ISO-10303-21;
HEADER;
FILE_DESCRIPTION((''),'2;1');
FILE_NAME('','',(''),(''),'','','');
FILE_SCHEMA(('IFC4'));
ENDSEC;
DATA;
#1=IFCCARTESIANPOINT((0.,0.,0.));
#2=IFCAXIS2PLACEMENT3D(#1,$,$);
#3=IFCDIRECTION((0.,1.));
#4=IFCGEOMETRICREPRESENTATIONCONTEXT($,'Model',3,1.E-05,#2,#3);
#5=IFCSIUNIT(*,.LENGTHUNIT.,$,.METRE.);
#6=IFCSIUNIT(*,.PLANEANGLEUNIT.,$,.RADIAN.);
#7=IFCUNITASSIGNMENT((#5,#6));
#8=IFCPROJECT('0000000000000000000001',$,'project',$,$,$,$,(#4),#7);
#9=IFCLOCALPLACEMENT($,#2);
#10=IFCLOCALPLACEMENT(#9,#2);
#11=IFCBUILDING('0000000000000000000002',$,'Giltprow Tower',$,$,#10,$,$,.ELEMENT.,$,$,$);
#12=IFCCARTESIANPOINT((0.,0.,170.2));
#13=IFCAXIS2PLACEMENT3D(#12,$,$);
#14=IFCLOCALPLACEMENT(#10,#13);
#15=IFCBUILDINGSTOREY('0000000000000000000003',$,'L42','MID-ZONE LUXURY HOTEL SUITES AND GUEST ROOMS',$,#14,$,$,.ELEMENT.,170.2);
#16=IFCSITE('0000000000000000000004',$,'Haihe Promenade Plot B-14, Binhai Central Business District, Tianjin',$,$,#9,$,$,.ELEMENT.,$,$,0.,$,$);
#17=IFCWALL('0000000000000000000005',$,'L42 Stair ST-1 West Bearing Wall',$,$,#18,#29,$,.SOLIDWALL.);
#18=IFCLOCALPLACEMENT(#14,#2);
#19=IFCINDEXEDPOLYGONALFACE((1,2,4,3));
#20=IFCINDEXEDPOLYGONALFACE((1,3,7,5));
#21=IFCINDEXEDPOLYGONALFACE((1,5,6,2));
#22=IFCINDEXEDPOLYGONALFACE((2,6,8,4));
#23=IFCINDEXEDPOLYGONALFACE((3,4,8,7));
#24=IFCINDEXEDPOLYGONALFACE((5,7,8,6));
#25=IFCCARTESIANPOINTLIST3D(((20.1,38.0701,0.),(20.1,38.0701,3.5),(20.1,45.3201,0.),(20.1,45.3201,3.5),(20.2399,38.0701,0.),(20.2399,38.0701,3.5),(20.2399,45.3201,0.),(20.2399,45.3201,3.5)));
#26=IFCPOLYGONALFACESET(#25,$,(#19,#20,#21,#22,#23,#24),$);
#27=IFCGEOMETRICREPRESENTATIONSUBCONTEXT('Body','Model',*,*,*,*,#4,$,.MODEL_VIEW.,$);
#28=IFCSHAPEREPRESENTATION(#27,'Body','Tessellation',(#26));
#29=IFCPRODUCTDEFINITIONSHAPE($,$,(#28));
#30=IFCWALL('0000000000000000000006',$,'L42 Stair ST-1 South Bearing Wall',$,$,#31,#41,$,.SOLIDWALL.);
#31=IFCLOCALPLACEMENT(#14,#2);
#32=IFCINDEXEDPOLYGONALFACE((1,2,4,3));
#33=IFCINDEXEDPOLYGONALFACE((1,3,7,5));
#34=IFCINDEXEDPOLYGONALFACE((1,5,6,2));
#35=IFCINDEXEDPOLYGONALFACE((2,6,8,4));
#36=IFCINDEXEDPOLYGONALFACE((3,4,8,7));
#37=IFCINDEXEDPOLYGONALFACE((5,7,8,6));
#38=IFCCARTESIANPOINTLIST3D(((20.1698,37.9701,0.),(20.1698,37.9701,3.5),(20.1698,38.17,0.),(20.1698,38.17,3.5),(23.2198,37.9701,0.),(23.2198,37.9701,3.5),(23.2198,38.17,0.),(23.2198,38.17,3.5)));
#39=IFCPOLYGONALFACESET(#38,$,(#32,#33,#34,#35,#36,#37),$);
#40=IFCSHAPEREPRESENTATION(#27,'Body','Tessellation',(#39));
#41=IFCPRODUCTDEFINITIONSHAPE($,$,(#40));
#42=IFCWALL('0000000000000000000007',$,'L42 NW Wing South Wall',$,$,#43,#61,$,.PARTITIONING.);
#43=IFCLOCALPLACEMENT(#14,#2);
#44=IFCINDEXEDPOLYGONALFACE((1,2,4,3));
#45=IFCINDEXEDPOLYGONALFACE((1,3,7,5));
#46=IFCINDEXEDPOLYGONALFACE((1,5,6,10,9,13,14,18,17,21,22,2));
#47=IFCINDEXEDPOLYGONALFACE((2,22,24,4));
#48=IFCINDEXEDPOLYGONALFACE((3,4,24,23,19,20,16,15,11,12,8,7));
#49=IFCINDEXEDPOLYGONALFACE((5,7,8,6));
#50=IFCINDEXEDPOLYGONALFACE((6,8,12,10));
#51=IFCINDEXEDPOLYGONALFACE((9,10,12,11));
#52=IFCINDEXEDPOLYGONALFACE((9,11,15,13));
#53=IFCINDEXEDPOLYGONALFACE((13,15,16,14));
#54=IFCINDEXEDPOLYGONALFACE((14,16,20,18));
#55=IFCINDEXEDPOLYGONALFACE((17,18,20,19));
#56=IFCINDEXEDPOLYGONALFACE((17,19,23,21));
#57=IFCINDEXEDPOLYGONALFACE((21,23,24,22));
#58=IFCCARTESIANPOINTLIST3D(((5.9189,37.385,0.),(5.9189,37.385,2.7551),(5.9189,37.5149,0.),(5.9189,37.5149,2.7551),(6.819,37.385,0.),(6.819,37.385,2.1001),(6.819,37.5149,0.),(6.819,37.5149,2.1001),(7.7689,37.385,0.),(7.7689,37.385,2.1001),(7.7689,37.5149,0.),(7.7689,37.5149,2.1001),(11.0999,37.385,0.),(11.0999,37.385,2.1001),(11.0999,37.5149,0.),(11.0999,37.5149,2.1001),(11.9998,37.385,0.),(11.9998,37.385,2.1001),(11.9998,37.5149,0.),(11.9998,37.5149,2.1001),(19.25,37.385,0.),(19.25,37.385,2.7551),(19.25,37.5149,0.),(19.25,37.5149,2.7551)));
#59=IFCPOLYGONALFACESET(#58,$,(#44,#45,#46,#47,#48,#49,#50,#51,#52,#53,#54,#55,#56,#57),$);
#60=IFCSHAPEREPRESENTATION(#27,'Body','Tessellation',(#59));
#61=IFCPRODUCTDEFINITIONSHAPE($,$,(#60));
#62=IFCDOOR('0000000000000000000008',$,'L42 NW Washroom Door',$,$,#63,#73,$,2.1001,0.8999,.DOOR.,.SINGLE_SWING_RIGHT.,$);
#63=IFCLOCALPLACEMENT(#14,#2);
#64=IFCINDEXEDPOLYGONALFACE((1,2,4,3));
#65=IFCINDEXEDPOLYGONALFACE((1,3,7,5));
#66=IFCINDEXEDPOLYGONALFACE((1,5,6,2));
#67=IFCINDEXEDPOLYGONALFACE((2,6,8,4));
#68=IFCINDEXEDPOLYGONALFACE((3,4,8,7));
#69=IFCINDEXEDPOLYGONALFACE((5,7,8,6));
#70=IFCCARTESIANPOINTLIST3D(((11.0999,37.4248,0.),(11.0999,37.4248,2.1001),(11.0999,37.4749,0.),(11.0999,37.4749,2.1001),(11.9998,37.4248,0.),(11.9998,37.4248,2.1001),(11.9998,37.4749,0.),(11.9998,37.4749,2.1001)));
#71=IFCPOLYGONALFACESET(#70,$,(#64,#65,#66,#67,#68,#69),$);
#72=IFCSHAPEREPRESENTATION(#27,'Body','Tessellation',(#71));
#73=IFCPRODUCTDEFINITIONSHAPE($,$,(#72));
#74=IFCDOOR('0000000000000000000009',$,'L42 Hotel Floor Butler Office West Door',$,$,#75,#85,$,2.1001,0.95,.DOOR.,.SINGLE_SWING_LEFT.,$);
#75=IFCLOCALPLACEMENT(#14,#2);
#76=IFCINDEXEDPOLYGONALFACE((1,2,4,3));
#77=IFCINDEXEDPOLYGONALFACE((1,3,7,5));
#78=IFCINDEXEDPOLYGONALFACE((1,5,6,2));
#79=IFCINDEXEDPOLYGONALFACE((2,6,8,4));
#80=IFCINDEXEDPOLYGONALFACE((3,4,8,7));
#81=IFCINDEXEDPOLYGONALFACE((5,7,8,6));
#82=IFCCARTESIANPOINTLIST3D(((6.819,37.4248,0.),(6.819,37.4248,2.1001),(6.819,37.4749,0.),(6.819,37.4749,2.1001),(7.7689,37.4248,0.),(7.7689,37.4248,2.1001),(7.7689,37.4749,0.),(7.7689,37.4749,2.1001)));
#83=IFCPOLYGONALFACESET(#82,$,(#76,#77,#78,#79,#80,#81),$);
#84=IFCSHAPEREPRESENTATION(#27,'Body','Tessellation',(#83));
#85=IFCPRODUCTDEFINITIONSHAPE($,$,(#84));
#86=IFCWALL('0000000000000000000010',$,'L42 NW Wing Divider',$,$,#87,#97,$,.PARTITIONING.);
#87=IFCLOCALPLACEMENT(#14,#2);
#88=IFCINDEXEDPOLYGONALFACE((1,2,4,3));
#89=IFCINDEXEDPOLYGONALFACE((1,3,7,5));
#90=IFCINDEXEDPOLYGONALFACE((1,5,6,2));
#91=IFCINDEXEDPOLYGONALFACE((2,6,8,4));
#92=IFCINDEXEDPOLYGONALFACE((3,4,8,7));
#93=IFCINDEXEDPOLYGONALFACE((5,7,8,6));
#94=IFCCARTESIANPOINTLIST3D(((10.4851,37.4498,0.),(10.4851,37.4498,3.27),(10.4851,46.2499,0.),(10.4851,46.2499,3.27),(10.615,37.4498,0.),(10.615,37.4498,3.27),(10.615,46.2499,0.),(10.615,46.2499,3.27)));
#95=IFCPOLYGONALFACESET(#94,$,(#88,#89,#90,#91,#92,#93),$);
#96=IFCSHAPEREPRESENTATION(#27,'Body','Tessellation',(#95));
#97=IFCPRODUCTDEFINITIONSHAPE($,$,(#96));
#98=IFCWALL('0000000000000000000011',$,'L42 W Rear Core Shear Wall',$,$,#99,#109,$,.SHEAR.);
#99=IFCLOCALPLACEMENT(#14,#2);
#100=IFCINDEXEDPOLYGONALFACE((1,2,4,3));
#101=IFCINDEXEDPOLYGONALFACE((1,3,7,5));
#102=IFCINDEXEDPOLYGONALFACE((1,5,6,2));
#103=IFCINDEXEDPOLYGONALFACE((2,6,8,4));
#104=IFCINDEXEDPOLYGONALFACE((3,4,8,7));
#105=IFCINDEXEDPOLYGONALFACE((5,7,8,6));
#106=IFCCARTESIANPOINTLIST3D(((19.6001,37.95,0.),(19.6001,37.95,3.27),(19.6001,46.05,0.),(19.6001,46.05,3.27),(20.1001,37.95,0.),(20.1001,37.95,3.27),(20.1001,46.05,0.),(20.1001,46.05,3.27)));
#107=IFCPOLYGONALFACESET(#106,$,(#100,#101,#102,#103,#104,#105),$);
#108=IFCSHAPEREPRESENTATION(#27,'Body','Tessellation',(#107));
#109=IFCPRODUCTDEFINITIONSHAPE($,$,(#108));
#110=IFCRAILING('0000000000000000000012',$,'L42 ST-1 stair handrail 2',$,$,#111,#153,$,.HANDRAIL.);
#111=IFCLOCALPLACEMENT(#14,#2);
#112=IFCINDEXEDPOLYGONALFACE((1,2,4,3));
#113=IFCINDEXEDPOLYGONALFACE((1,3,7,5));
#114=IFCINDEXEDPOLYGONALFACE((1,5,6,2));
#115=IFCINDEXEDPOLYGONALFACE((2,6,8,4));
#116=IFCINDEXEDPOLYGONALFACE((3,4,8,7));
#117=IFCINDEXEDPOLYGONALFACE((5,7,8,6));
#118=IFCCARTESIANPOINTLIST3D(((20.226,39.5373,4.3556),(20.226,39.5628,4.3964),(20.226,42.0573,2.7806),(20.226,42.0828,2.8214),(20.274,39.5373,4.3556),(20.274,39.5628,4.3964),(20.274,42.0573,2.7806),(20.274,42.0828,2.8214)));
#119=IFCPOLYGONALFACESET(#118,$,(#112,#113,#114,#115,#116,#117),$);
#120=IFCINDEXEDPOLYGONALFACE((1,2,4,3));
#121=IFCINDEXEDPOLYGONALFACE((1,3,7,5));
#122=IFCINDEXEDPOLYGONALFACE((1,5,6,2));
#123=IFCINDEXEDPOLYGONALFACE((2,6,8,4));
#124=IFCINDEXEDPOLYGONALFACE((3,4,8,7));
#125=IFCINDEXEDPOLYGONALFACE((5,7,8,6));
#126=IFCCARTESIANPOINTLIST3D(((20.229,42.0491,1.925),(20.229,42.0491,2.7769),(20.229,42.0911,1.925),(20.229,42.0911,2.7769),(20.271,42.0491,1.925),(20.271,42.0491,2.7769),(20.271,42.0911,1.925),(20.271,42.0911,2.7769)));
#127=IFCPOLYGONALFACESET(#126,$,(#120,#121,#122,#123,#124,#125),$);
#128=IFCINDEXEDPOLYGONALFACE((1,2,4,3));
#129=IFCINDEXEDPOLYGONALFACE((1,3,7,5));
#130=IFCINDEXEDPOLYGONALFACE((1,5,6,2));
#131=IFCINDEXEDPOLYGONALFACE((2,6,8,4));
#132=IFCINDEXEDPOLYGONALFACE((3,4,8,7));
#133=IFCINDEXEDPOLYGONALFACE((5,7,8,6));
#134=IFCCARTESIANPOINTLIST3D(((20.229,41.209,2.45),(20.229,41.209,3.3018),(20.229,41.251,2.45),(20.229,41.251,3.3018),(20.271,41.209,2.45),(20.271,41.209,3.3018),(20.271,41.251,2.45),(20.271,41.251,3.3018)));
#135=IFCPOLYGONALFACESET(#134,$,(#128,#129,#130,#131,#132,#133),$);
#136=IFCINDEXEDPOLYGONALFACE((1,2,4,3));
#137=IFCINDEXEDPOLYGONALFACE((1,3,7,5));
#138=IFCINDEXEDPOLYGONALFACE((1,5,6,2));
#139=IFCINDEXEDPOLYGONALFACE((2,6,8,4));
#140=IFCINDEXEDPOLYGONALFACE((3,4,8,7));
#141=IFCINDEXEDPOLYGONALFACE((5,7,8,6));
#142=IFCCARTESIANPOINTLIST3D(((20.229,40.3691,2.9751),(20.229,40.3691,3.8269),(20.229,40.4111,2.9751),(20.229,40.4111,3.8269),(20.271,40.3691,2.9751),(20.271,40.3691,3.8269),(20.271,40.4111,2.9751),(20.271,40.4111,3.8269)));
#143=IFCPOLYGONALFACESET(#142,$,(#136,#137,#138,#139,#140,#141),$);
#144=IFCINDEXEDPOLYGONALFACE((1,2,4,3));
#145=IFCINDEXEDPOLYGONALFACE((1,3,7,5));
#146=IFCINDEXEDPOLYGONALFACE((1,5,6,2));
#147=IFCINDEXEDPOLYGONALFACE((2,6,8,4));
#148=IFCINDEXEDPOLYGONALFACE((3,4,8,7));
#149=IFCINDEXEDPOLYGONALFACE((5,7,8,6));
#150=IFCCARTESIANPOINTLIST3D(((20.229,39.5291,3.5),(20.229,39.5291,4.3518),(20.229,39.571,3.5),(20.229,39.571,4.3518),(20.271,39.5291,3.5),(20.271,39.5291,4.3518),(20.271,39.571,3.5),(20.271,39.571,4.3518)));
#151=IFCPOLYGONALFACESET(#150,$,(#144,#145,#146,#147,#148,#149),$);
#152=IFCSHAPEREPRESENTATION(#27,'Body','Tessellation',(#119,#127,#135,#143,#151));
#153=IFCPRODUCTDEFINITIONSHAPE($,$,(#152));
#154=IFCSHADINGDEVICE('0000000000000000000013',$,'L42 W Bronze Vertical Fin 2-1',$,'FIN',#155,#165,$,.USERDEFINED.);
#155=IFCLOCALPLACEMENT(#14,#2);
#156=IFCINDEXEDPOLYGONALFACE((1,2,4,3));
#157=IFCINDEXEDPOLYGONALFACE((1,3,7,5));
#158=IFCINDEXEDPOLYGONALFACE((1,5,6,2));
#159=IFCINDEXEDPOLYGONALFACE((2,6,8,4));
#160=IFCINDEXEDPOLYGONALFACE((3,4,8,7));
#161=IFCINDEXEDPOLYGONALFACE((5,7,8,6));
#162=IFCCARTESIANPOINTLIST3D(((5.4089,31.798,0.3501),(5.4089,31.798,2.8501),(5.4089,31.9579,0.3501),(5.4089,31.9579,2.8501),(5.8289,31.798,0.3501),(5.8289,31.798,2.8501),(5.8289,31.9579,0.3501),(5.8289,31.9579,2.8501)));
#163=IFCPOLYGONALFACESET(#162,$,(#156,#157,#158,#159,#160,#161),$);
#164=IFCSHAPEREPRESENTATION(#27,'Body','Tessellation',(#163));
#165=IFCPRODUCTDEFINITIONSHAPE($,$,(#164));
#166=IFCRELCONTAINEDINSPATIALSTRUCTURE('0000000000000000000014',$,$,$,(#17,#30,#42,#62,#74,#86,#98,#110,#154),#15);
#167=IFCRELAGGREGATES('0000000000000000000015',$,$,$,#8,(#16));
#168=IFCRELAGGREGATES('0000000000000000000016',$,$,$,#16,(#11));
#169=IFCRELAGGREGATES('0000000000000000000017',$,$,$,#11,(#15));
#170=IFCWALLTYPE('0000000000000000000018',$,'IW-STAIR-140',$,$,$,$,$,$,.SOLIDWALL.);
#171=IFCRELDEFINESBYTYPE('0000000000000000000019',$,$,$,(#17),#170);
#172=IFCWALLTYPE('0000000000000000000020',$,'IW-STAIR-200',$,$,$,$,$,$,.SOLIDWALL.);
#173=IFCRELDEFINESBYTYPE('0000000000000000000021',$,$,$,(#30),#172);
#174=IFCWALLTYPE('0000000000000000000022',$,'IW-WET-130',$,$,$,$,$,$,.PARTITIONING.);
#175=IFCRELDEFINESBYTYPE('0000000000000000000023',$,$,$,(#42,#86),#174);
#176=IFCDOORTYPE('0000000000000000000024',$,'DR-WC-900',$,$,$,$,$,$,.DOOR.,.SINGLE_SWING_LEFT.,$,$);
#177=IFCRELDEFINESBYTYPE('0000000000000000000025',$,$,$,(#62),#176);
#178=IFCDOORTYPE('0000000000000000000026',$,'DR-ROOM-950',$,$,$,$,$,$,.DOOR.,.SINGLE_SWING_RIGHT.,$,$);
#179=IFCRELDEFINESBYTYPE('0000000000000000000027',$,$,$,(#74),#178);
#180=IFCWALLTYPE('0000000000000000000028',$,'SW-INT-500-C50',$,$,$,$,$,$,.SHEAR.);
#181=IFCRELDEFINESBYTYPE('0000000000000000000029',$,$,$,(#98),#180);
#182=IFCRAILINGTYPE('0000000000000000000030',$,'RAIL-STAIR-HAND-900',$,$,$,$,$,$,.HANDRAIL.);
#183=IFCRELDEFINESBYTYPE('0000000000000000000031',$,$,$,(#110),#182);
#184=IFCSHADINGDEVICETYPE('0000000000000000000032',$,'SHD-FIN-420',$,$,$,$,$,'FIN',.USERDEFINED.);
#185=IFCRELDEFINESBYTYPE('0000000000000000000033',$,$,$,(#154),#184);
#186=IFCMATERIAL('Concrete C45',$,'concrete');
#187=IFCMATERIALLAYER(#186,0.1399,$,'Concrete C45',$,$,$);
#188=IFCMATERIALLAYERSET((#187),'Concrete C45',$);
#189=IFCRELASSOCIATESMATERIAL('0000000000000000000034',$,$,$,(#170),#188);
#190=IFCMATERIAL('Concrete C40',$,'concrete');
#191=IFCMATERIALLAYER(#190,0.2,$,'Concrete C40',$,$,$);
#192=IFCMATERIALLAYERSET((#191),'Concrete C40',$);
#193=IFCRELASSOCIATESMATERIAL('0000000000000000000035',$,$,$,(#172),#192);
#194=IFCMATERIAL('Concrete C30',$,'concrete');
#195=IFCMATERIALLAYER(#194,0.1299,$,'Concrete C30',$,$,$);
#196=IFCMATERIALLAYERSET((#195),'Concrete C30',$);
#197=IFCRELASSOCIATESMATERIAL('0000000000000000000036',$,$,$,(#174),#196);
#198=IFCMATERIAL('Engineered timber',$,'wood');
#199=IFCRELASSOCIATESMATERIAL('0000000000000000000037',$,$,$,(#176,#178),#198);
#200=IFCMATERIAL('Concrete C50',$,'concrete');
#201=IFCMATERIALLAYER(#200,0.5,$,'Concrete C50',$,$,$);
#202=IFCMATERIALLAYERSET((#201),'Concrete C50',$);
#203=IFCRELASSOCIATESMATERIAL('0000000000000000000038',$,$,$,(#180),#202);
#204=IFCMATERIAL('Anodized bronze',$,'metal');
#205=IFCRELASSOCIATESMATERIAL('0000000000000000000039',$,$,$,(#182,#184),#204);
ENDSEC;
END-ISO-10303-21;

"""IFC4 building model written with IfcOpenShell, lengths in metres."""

from ifc_helpers import new_model, si_unit, direction, frame, frame_2d, origin, origin_2d, place, context, subcontext, project, spatial, rectangle, extrude, source, transform, mapped, material, layer, layer_set, type_object, element, fill, save


model = new_model("IFC4")

# Units and contexts
model_context = context("Model", 3, precision=1e-05, world=origin(), true_north=direction((0.0, 1.0)))
body_context = subcontext(model_context, "Body", "Model", "MODEL_VIEW")
ifc_project = project(units=[si_unit("LENGTHUNIT", "METRE"), si_unit("PLANEANGLEUNIT", "RADIAN")], contexts=[model_context])

# Site, building, storey
site_placement = place(None, origin())
site = spatial("IfcSite", under=ifc_project, at=site_placement, Name="Haihe Promenade Plot B-14, Binhai Central Business District, Tianjin", CompositionType="ELEMENT", RefElevation=0.0)
building_placement = place(site_placement, origin())
building = spatial("IfcBuilding", under=site, at=building_placement, Name="Giltprow Tower", CompositionType="ELEMENT")
storey_placement = place(building_placement, frame((0.0, 0.0, 170.2)))
storey = spatial("IfcBuildingStorey", under=building, at=storey_placement, Name="L42", Description="MID-ZONE LUXURY HOTEL SUITES AND GUEST ROOMS", CompositionType="ELEMENT", Elevation=170.2)

# Shared definitions
ifc_material_1 = material(Name="Concrete C50", Category="concrete")

# Shared definitions
ifc_material_2 = material(Name="Engineered timber", Category="wood")

# Walls
ifc_material_3 = material(Name="Concrete C45", Category="concrete")
ifc_layer_1 = layer(ifc_material_3, 0.1399, Name="Concrete C45")
ifc_layer_set_1 = layer_set([ifc_layer_1], Name="Concrete C45")
wall_type_1 = type_object("IfcWallType", Name="IW-STAIR-140", PredefinedType="SOLIDWALL", material=ifc_layer_set_1)
wall_1_placement = place(storey_placement, frame((20.1699, 38.0701, 0.0), z_axis=(0.0, 0.0, 1.0), x_axis=(0.0, 1.0, 0.0)))
element("IfcWall", 1, at=wall_1_placement, inside=storey, type_object=wall_type_1, Name="L42 Stair ST-1 West Bearing Wall", PredefinedType="SOLIDWALL", context=body_context, shape_type="SweptSolid", body=[
    extrude(rectangle(XDim=7.25, YDim=0.1399, at=frame_2d((3.625, 0.0))), origin(), (0.0, 0.0, 1.0), 3.5),
])
ifc_material_4 = material(Name="Concrete C40", Category="concrete")
ifc_layer_2 = layer(ifc_material_4, 0.2, Name="Concrete C40")
ifc_layer_set_2 = layer_set([ifc_layer_2], Name="Concrete C40")
wall_type_2 = type_object("IfcWallType", Name="IW-STAIR-200", PredefinedType="SOLIDWALL", material=ifc_layer_set_2)
wall_2_placement = place(storey_placement, frame((20.1699, 38.0701, 0.0), z_axis=(0.0, 0.0, 1.0), x_axis=(1.0, 0.0, 0.0)))
element("IfcWall", 2, at=wall_2_placement, inside=storey, type_object=wall_type_2, Name="L42 Stair ST-1 South Bearing Wall", PredefinedType="SOLIDWALL", context=body_context, shape_type="SweptSolid", body=[
    extrude(rectangle(XDim=3.05, YDim=0.2, at=frame_2d((1.5249, 0.0))), origin(), (0.0, 0.0, 1.0), 3.5),
])

# Wall, openings, doors
ifc_material_5 = material(Name="Concrete C30", Category="concrete")
ifc_layer_3 = layer(ifc_material_5, 0.1299, Name="Concrete C30")
ifc_layer_set_3 = layer_set([ifc_layer_3], Name="Concrete C30")
wall_type_3 = type_object("IfcWallType", Name="IW-WET-130", PredefinedType="PARTITIONING", material=ifc_layer_set_3)
wall_3_placement = place(storey_placement, frame((5.9189, 37.45, 0.0), z_axis=(0.0, 0.0, 1.0), x_axis=(1.0, 0.0, 0.0)))
wall_3 = element("IfcWall", 3, at=wall_3_placement, inside=storey, type_object=wall_type_3, Name="L42 NW Wing South Wall", PredefinedType="PARTITIONING", context=body_context, shape_type="SweptSolid", body=[
    extrude(rectangle(XDim=13.3311, YDim=0.1299, at=frame_2d((6.6655, 0.0))), origin(), (0.0, 0.0, 1.0), 2.7551),
])
opening_1_placement = place(wall_3_placement, frame((0.8999, 0.0, 0.0)))
opening_1 = element("IfcOpeningElement", 4, at=opening_1_placement, cuts=wall_3, PredefinedType="OPENING", context=body_context, shape_type="SweptSolid", body=[
    extrude(rectangle(XDim=0.95, YDim=2.1001, at=frame_2d((0.4751, 1.05))), frame((0.0, 0.075, 0.0), z_axis=(0.0, -1.0, 0.0), x_axis=(1.0, 0.0, 0.0)), (0.0, 0.0, 1.0), 0.1499),
])
opening_2_placement = place(wall_3_placement, frame((5.1809, 0.0, 0.0)))
opening_2 = element("IfcOpeningElement", 5, at=opening_2_placement, cuts=wall_3, PredefinedType="OPENING", context=body_context, shape_type="SweptSolid", body=[
    extrude(rectangle(XDim=0.8999, YDim=2.1001, at=frame_2d((0.45, 1.05))), frame((0.0, 0.075, 0.0), z_axis=(0.0, -1.0, 0.0), x_axis=(1.0, 0.0, 0.0)), (0.0, 0.0, 1.0), 0.1499),
])
door_type_1 = type_object("IfcDoorType", Name="DR-WC-900", OperationType="SINGLE_SWING_LEFT", PredefinedType="DOOR", material=ifc_material_2)
shared_shape_1 = source(origin(), body_context, "Body", "SweptSolid", [
    extrude(rectangle(XDim=0.8999, YDim=2.1001, at=frame_2d((0.45, 1.05))), frame((0.0, 0.0249, 0.0), z_axis=(0.0, -1.0, 0.0), x_axis=(1.0, 0.0, 0.0)), (0.0, 0.0, 1.0), 0.05),
])
door_1_placement = place(opening_2_placement, origin())
door_1 = element("IfcDoor", 6, at=door_1_placement, inside=storey, type_object=door_type_1, Name="L42 NW Washroom Door", OperationType="SINGLE_SWING_RIGHT", OverallHeight=2.1001, OverallWidth=0.8999, PredefinedType="DOOR", context=body_context, shape_type="MappedRepresentation", body=[
    mapped(shared_shape_1, transform((0.0, 0.0, 0.0), x_axis=(1.0, 0.0, 0.0), y_axis=(0.0, 1.0, 0.0), z_axis=(0.0, 0.0, 1.0), scale=1.0)),
])
fill(opening_2, door_1)
door_type_2 = type_object("IfcDoorType", Name="DR-ROOM-950", OperationType="SINGLE_SWING_RIGHT", PredefinedType="DOOR", material=ifc_material_2)
shared_shape_2 = source(origin(), body_context, "Body", "SweptSolid", [
    extrude(rectangle(XDim=0.95, YDim=2.1001, at=frame_2d((0.4751, 1.05))), frame((0.0, 0.0249, 0.0), z_axis=(0.0, -1.0, 0.0), x_axis=(1.0, 0.0, 0.0)), (0.0, 0.0, 1.0), 0.05),
])
door_2_placement = place(opening_1_placement, origin())
door_2 = element("IfcDoor", 7, at=door_2_placement, inside=storey, type_object=door_type_2, Name="L42 Hotel Floor Butler Office West Door", OperationType="SINGLE_SWING_LEFT", OverallHeight=2.1001, OverallWidth=0.95, PredefinedType="DOOR", context=body_context, shape_type="MappedRepresentation", body=[
    mapped(shared_shape_2, transform((0.0, 0.0, 0.0), x_axis=(1.0, 0.0, 0.0), y_axis=(0.0, 1.0, 0.0), z_axis=(0.0, 0.0, 1.0), scale=1.0)),
])
fill(opening_1, door_2)

# Walls
wall_4_placement = place(storey_placement, frame((10.55, 37.45, 0.0), z_axis=(0.0, 0.0, 1.0), x_axis=(0.0, 1.0, 0.0)))
element("IfcWall", 8, at=wall_4_placement, inside=storey, type_object=wall_type_3, Name="L42 NW Wing Divider", PredefinedType="PARTITIONING", context=body_context, shape_type="SweptSolid", body=[
    extrude(rectangle(XDim=8.8, YDim=0.1299, at=frame_2d((4.3999, 0.0))), origin(), (0.0, 0.0, 1.0), 3.27),
])
ifc_layer_4 = layer(ifc_material_1, 0.5, Name="Concrete C50")
ifc_layer_set_4 = layer_set([ifc_layer_4], Name="Concrete C50")
wall_type_4 = type_object("IfcWallType", Name="SW-INT-500-C50", PredefinedType="SHEAR", material=ifc_layer_set_4)
wall_5_placement = place(storey_placement, frame((19.8501, 37.95, 0.0), z_axis=(0.0, 0.0, 1.0), x_axis=(0.0, 1.0, 0.0)))
element("IfcWall", 9, at=wall_5_placement, inside=storey, type_object=wall_type_4, Name="L42 W Rear Core Shear Wall", PredefinedType="SHEAR", context=body_context, shape_type="SweptSolid", body=[
    extrude(rectangle(XDim=8.1001, YDim=0.5, at=frame_2d((4.05, 0.0))), origin(), (0.0, 0.0, 1.0), 3.27),
])

# Railing
ifc_material_6 = material(Name="Anodized bronze", Category="metal")
railing_type = type_object("IfcRailingType", Name="RAIL-STAIR-HAND-900", PredefinedType="HANDRAIL", material=ifc_material_6)
railing_placement = place(storey_placement, frame((20.25, 42.0701, 1.925)))
element("IfcRailing", 10, at=railing_placement, inside=storey, type_object=railing_type, Name="L42 ST-1 stair handrail 2", PredefinedType="HANDRAIL", context=body_context, shape_type="SweptSolid", body=[
    extrude(rectangle(XDim=0.0481, YDim=0.0481, at=origin_2d()), frame((0.0, 0.0, 0.876), z_axis=(0.0, -0.848008, 0.529984), x_axis=(1.0, 0.0, 0.0)), (0.0, 0.0, 1.0), 2.9717),
    extrude(rectangle(XDim=0.042, YDim=0.042, at=origin_2d()), origin(), (0.0, 0.0, 1.0), 0.8518),
    extrude(rectangle(XDim=0.042, YDim=0.042, at=origin_2d()), frame((0.0, -0.8401, 0.5249)), (0.0, 0.0, 1.0), 0.8518),
    extrude(rectangle(XDim=0.042, YDim=0.042, at=origin_2d()), frame((0.0, -1.6799, 1.05)), (0.0, 0.0, 1.0), 0.8518),
    extrude(rectangle(XDim=0.042, YDim=0.042, at=origin_2d()), frame((0.0, -2.52, 1.575)), (0.0, 0.0, 1.0), 0.8518),
])

# Shading device
shading_device_type = type_object("IfcShadingDeviceType", Name="SHD-FIN-420", ElementType="FIN", PredefinedType="USERDEFINED", material=ifc_material_6)
shared_shape_3 = source(origin(), body_context, "Body", "SweptSolid", [
    extrude(rectangle(XDim=0.4199, YDim=0.1599, at=origin_2d()), origin(), (0.0, 0.0, 1.0), 2.5),
])
shading_device_placement = place(storey_placement, frame((5.6189, 31.8779, 0.3501), z_axis=(0.0, 0.0, 1.0), x_axis=(1.0, 0.0, 0.0)))
element("IfcShadingDevice", 11, at=shading_device_placement, inside=storey, type_object=shading_device_type, Name="L42 W Bronze Vertical Fin 2-1", ObjectType="FIN", PredefinedType="USERDEFINED", context=body_context, shape_type="MappedRepresentation", body=[
    mapped(shared_shape_3, transform((0.0, 0.0, 0.0), x_axis=(1.0, 0.0, 0.0), y_axis=(0.0, 1.0, 0.0), z_axis=(0.0, 0.0, 1.0), scale=1.0)),
])

save(model, "model.ifc")
